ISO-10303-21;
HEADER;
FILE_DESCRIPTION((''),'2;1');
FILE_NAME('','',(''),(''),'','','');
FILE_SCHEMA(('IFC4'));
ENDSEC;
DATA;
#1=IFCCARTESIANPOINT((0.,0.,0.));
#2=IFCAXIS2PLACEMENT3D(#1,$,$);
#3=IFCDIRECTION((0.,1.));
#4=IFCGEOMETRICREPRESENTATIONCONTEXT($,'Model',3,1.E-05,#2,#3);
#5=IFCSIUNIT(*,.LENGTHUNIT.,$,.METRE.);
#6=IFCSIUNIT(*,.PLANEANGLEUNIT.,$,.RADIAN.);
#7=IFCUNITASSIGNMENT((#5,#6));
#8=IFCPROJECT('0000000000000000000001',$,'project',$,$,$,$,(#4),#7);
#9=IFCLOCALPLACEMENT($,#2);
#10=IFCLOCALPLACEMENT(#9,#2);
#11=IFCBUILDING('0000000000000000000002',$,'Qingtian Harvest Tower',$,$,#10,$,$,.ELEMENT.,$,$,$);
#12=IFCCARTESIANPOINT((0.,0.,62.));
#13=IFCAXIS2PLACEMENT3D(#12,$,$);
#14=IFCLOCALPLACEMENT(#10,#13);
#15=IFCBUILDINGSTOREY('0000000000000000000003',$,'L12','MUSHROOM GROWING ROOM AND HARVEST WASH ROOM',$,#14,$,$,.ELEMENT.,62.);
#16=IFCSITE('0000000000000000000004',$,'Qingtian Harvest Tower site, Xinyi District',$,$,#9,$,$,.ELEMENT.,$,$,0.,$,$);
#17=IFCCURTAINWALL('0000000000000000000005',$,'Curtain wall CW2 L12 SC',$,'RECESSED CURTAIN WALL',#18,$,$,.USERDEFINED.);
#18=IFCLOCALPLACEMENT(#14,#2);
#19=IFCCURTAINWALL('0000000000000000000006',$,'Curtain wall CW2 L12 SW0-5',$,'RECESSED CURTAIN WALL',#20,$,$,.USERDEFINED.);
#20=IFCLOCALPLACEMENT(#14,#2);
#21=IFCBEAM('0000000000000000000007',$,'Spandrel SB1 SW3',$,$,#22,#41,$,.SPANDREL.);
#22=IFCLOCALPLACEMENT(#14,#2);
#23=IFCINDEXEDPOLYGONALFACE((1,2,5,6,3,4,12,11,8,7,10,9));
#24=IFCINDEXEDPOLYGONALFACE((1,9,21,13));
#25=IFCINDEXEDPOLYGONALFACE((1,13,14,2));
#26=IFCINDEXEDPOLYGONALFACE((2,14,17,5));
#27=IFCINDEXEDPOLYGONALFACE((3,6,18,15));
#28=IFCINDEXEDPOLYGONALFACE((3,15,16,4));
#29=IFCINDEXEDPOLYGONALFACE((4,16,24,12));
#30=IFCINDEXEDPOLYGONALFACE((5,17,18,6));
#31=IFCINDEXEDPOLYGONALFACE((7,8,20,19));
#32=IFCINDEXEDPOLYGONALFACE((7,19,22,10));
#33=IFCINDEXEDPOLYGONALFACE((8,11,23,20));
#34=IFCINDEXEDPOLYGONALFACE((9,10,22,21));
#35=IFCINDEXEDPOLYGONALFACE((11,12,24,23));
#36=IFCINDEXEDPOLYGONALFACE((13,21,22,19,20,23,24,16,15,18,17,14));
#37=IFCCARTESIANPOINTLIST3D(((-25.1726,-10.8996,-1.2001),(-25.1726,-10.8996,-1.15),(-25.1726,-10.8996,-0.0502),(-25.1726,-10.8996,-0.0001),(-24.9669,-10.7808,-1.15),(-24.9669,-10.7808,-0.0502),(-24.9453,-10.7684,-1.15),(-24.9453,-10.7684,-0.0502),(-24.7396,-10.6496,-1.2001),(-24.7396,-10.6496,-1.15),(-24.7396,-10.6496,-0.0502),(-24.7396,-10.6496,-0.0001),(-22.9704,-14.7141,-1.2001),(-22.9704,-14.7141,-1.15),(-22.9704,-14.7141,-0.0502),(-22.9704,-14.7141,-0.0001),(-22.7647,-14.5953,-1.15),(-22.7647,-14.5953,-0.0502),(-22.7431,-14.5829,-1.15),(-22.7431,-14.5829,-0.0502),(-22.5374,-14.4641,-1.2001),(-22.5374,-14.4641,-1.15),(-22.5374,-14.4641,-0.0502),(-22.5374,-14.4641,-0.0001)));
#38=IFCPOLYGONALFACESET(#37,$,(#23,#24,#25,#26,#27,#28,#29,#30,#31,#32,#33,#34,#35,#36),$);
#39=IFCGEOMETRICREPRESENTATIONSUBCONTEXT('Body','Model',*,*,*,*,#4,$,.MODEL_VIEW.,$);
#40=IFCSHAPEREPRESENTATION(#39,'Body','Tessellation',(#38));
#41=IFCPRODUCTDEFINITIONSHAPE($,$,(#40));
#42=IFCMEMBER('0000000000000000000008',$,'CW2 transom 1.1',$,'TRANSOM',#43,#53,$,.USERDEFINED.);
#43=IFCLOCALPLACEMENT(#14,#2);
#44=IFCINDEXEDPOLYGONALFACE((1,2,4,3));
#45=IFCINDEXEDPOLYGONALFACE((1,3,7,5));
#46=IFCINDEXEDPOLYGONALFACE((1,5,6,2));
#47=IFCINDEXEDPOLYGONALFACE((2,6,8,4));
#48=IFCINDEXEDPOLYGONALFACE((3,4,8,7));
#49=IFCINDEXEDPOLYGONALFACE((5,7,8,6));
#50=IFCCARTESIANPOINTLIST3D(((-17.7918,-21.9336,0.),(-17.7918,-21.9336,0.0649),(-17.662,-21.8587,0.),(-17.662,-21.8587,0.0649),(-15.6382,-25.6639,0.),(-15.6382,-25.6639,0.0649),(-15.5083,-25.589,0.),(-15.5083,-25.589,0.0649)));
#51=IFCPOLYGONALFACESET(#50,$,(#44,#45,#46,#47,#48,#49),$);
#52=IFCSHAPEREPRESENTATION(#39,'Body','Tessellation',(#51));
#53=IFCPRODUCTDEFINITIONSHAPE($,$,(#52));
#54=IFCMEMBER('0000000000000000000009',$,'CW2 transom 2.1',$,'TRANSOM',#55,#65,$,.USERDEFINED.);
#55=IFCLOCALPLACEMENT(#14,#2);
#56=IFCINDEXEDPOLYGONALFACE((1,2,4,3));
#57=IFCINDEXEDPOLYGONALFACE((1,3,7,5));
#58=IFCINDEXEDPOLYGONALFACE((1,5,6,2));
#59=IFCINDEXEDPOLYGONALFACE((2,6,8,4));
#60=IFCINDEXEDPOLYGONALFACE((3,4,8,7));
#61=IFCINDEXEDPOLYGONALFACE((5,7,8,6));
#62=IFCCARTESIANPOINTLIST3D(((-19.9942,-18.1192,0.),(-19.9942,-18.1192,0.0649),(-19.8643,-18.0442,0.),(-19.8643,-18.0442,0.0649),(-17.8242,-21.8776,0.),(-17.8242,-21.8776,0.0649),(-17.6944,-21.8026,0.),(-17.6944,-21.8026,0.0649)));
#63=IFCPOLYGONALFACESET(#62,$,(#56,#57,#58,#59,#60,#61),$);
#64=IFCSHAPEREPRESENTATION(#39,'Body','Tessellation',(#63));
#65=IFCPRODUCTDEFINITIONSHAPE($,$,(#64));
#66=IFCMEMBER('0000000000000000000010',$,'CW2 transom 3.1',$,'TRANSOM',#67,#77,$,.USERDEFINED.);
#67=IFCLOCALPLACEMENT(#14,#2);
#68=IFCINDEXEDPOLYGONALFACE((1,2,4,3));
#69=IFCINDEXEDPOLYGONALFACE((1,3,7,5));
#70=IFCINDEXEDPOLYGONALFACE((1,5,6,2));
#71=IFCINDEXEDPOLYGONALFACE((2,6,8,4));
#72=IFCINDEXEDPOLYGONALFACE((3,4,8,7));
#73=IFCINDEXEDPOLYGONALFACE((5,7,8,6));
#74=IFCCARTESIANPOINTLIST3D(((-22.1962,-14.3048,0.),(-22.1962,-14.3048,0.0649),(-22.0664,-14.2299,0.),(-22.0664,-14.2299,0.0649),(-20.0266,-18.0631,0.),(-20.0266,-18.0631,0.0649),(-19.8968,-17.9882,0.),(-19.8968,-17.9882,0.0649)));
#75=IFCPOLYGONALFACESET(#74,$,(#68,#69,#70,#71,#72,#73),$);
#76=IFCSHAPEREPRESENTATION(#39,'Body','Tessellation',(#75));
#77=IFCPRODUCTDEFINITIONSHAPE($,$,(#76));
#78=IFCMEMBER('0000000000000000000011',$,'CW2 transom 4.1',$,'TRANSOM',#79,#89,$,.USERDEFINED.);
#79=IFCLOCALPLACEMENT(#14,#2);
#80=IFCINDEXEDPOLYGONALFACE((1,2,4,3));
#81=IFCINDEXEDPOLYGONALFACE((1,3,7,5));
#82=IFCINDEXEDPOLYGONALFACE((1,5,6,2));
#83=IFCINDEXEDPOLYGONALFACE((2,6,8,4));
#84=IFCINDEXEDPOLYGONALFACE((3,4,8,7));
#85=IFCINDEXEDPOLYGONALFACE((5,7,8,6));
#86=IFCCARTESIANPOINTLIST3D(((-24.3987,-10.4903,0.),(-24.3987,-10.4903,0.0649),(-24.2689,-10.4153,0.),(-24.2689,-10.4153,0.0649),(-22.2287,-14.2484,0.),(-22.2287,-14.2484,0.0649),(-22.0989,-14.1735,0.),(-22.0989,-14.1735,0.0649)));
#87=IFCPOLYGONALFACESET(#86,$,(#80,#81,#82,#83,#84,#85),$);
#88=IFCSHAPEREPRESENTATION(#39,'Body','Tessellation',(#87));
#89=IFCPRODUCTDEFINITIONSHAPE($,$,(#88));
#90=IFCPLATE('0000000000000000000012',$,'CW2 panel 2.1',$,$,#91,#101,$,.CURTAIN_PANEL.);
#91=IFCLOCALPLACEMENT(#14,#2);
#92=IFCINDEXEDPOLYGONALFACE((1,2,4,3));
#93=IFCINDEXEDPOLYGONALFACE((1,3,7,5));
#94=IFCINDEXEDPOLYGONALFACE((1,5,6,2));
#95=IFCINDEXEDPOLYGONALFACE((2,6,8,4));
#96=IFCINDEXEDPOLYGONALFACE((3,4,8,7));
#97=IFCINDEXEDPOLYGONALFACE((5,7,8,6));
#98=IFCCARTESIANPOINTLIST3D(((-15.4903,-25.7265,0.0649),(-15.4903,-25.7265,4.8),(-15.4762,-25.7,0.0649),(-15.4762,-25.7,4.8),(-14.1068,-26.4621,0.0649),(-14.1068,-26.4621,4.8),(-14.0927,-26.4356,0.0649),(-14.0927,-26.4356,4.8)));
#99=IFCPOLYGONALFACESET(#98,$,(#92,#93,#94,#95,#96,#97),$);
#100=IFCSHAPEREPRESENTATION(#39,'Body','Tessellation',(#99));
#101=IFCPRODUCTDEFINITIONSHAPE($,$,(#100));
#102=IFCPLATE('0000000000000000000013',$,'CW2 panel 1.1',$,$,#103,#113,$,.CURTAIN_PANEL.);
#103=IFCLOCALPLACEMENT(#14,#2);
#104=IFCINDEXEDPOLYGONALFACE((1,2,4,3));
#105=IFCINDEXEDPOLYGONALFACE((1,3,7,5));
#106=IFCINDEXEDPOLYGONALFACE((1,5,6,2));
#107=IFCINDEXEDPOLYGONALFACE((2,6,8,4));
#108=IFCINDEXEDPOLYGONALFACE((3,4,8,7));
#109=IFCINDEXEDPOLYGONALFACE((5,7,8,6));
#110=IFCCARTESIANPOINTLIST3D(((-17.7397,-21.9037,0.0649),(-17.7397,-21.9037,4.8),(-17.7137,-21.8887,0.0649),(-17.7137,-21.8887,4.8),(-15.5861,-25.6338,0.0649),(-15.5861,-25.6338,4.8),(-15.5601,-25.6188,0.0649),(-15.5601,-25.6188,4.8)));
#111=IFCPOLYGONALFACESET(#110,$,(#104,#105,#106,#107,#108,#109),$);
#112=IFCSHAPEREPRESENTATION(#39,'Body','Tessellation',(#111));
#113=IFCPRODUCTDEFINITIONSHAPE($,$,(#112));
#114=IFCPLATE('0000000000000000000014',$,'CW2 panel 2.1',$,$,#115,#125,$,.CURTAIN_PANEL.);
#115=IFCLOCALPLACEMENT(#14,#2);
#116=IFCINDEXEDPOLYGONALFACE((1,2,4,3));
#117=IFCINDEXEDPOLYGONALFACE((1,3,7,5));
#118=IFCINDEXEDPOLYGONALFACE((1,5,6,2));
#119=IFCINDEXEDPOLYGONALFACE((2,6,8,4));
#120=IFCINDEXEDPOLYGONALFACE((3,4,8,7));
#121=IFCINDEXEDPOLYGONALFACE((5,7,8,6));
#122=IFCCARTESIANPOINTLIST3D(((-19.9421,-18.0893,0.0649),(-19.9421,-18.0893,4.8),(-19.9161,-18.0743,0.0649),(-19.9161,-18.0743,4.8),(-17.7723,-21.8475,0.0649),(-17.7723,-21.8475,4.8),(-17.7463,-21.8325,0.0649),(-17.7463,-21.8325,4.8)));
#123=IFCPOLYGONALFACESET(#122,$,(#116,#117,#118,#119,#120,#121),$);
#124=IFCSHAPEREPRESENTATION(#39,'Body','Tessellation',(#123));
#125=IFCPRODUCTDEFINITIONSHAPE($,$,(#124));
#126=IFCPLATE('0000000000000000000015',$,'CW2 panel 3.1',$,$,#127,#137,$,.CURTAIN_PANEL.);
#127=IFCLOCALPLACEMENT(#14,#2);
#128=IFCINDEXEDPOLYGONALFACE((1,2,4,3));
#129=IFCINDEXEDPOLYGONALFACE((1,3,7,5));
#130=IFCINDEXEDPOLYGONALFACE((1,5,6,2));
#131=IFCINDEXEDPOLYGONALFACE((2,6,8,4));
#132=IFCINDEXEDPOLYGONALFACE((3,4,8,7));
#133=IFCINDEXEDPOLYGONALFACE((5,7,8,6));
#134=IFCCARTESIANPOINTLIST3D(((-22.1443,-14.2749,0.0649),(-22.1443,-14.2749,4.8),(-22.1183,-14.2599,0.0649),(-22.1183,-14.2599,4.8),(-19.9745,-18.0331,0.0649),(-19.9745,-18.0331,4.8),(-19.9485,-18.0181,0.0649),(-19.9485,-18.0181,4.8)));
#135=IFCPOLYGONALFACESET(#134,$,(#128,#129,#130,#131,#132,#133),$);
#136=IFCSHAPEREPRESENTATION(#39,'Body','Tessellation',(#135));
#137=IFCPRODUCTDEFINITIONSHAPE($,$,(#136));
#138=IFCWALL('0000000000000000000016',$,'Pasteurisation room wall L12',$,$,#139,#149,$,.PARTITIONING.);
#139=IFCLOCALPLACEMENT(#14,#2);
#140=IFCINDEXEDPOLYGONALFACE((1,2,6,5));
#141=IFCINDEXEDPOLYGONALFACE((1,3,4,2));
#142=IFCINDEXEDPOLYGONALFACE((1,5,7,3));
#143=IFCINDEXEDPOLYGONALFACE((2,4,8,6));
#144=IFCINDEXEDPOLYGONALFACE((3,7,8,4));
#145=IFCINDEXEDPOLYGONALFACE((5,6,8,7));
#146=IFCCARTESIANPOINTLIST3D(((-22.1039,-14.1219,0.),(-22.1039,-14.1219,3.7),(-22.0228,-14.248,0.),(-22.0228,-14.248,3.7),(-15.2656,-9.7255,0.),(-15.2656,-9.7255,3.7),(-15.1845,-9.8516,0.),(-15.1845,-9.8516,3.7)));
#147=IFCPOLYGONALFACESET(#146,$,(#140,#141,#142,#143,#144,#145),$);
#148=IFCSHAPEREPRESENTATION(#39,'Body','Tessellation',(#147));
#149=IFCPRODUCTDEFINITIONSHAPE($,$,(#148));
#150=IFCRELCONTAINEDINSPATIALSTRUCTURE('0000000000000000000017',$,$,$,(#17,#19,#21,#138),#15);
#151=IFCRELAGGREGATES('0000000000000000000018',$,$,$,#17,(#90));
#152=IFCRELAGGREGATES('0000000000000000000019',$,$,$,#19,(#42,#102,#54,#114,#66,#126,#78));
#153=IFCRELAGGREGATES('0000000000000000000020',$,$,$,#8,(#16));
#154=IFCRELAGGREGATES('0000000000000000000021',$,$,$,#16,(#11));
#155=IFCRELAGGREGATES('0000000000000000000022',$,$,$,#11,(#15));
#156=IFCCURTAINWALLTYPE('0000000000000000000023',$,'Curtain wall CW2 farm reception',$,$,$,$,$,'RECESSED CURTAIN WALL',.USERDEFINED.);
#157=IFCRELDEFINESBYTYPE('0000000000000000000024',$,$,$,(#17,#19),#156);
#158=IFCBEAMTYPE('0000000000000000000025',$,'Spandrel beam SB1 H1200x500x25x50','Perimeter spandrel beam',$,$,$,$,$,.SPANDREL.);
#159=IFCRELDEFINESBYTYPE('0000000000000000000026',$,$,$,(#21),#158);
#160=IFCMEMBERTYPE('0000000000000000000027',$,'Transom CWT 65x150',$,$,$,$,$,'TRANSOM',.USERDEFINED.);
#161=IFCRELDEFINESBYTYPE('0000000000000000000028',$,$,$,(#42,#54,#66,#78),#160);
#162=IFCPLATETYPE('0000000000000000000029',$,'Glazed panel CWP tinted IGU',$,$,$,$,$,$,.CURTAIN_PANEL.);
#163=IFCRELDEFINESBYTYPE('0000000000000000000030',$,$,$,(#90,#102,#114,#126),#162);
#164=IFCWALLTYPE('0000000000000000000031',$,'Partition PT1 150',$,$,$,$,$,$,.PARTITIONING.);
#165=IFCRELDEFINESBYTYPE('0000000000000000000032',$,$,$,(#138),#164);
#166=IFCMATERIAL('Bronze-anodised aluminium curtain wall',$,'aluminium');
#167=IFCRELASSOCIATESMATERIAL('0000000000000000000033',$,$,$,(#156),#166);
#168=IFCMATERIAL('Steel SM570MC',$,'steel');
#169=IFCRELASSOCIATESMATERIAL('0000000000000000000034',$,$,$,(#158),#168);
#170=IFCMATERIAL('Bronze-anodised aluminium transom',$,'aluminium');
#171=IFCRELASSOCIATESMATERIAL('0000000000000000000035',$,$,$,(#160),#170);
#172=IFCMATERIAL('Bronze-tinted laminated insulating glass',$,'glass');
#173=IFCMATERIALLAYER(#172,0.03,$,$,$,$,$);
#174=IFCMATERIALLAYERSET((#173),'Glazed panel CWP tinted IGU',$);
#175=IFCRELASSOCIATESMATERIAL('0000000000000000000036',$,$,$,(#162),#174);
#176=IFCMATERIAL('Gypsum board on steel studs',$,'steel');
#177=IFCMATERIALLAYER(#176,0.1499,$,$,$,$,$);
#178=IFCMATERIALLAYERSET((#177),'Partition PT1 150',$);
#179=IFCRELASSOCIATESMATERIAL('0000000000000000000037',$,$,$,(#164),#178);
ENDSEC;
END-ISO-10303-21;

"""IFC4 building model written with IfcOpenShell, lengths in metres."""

from ifc_helpers import new_model, si_unit, direction, frame, frame_2d, origin, origin_2d, place, context, subcontext, project, spatial, rectangle, i_section, extrude, material, layer, layer_set, material_profile, profile_set, type_object, element, aggregate, save


model = new_model("IFC4")

# Units and contexts
model_context = context("Model", 3, precision=1e-05, world=origin(), true_north=direction((0.0, 1.0)))
body_context = subcontext(model_context, "Body", "Model", "MODEL_VIEW")
ifc_project = project(units=[si_unit("LENGTHUNIT", "METRE"), si_unit("PLANEANGLEUNIT", "RADIAN")], contexts=[model_context])

# Site, building, storey
site_placement = place(None, origin())
site = spatial("IfcSite", under=ifc_project, at=site_placement, Name="Qingtian Harvest Tower site, Xinyi District", CompositionType="ELEMENT", RefElevation=0.0)
building_placement = place(site_placement, origin())
building = spatial("IfcBuilding", under=site, at=building_placement, Name="Qingtian Harvest Tower", CompositionType="ELEMENT")
storey_placement = place(building_placement, frame((0.0, 0.0, 62.0)))
storey = spatial("IfcBuildingStorey", under=building, at=storey_placement, Name="L12", Description="MUSHROOM GROWING ROOM AND HARVEST WASH ROOM", CompositionType="ELEMENT", Elevation=62.0)

# Curtain wall
ifc_material_1 = material(Name="Bronze-anodised aluminium curtain wall", Category="aluminium")
curtain_wall_type = type_object("IfcCurtainWallType", Name="Curtain wall CW2 farm reception", ElementType="RECESSED CURTAIN WALL", PredefinedType="USERDEFINED", material=ifc_material_1)
curtain_wall_1_placement = place(storey_placement, origin())
curtain_wall_1 = element("IfcCurtainWall", 1, at=curtain_wall_1_placement, inside=storey, type_object=curtain_wall_type, Name="Curtain wall CW2 L12 SC", ObjectType="RECESSED CURTAIN WALL", PredefinedType="USERDEFINED")

# Curtain wall
curtain_wall_2_placement = place(storey_placement, origin())
curtain_wall_2 = element("IfcCurtainWall", 2, at=curtain_wall_2_placement, inside=storey, type_object=curtain_wall_type, Name="Curtain wall CW2 L12 SW0-5", ObjectType="RECESSED CURTAIN WALL", PredefinedType="USERDEFINED")

# Beam
ifc_material_2 = material(Name="Steel SM570MC", Category="steel")
ifc_material_profile_1 = material_profile(ifc_material_2, i_section(OverallWidth=0.5, OverallDepth=1.2, WebThickness=0.0249, FlangeThickness=0.05, at=origin_2d()), Name="H1200x500x25x50")
ifc_profile_set_1 = profile_set([ifc_material_profile_1], Name="Steel SM570MC")
beam_type_1 = type_object("IfcBeamType", Name="Spandrel beam SB1 H1200x500x25x50", Description="Perimeter spandrel beam", PredefinedType="SPANDREL", material=ifc_profile_set_1)
for number, where, z_axis, x_axis, name in (
    (3, (-22.7539, -14.5891, -0.6001), (-0.499978, 0.866038, 0.0), (-0.866038, -0.499978, 0.0), "Spandrel SB1 SW3"),
):
    element("IfcBeam", number, at=place(storey_placement, frame(where, z_axis=z_axis, x_axis=x_axis)), inside=storey, type_object=beam_type_1, Name=name, PredefinedType="SPANDREL", context=body_context, shape_type="SweptSolid", body=[
        extrude(i_section(OverallWidth=0.5, OverallDepth=1.2, WebThickness=0.0249, FlangeThickness=0.05, at=origin_2d()), origin(), (0.0, 0.0, 1.0), 4.4045),
    ])

# Members
ifc_material_3 = material(Name="Bronze-anodised aluminium transom", Category="aluminium")
ifc_material_profile_2 = material_profile(ifc_material_3, rectangle(XDim=0.1499, YDim=0.0649, at=origin_2d()), Name="AL 65x150")
ifc_profile_set_2 = profile_set([ifc_material_profile_2], Name="Bronze-anodised aluminium transom")
member_type_1 = type_object("IfcMemberType", Name="Transom CWT 65x150", ElementType="TRANSOM", PredefinedType="USERDEFINED", material=ifc_profile_set_2)
member_1_placement = place(storey_placement, frame((-15.5732, -25.6265, 0.0325), z_axis=(-0.499986, 0.866034, 0.0), x_axis=(-0.866034, -0.499986, 0.0)))
member_1 = element("IfcMember", 4, at=member_1_placement, type_object=member_type_1, Name="CW2 transom 1.1", ObjectType="TRANSOM", PredefinedType="USERDEFINED", context=body_context, shape_type="SweptSolid", body=[
    extrude(rectangle(XDim=0.1499, YDim=0.0649, at=origin_2d()), origin(), (0.0, 0.0, 1.0), 4.3074),
])
member_2_placement = place(storey_placement, frame((-17.7593, -21.8401, 0.0325), z_axis=(-0.500011, 0.866019, 0.0), x_axis=(-0.866019, -0.500011, 0.0)))
member_2 = element("IfcMember", 5, at=member_2_placement, type_object=member_type_1, Name="CW2 transom 2.1", ObjectType="TRANSOM", PredefinedType="USERDEFINED", context=body_context, shape_type="SweptSolid", body=[
    extrude(rectangle(XDim=0.1499, YDim=0.0649, at=origin_2d()), origin(), (0.0, 0.0, 1.0), 4.3398),
])
member_3_placement = place(storey_placement, frame((-19.9617, -18.0256, 0.0325), z_axis=(-0.499969, 0.866043, 0.0), x_axis=(-0.866043, -0.499969, 0.0)))
member_3 = element("IfcMember", 6, at=member_3_placement, type_object=member_type_1, Name="CW2 transom 3.1", ObjectType="TRANSOM", PredefinedType="USERDEFINED", context=body_context, shape_type="SweptSolid", body=[
    extrude(rectangle(XDim=0.1499, YDim=0.0649, at=origin_2d()), origin(), (0.0, 0.0, 1.0), 4.3396),
])
member_4_placement = place(storey_placement, frame((-22.1638, -14.2109, 0.0325), z_axis=(-0.500036, 0.866005, 0.0), x_axis=(-0.866005, -0.500036, 0.0)))
member_4 = element("IfcMember", 7, at=member_4_placement, type_object=member_type_1, Name="CW2 transom 4.1", ObjectType="TRANSOM", PredefinedType="USERDEFINED", context=body_context, shape_type="SweptSolid", body=[
    extrude(rectangle(XDim=0.1499, YDim=0.0649, at=origin_2d()), origin(), (0.0, 0.0, 1.0), 4.3396),
])

# Plates
ifc_material_4 = material(Name="Bronze-tinted laminated insulating glass", Category="glass")
ifc_layer_1 = layer(ifc_material_4, 0.03)
ifc_layer_set_1 = layer_set([ifc_layer_1], Name="Glazed panel CWP tinted IGU")
plate_type = type_object("IfcPlateType", Name="Glazed panel CWP tinted IGU", PredefinedType="CURTAIN_PANEL", material=ifc_layer_set_1)
plate_1_placement = place(storey_placement, frame((-14.7915, -26.0811, 0.0649), z_axis=(0.0, 0.0, 1.0), x_axis=(-0.882948, 0.469472, 0.0)))
plate_1 = element("IfcPlate", 8, at=plate_1_placement, type_object=plate_type, Name="CW2 panel 2.1", PredefinedType="CURTAIN_PANEL", context=body_context, shape_type="SweptSolid", body=[
    extrude(rectangle(XDim=1.5669, YDim=0.03, at=origin_2d()), origin(), (0.0, 0.0, 1.0), 4.7351),
])
aggregate(curtain_wall_1, [plate_1])
plate_2_placement = place(storey_placement, frame((-16.6499, -23.7612, 0.0649), z_axis=(0.0, 0.0, 1.0), x_axis=(-0.5, 0.866025, 0.0)))
plate_2 = element("IfcPlate", 9, at=plate_2_placement, type_object=plate_type, Name="CW2 panel 1.1", PredefinedType="CURTAIN_PANEL", context=body_context, shape_type="SweptSolid", body=[
    extrude(rectangle(XDim=4.3071, YDim=0.03, at=origin_2d()), origin(), (0.0, 0.0, 1.0), 4.7351),
])
plate_3_placement = place(storey_placement, frame((-18.8442, -19.9609, 0.0649), z_axis=(0.0, 0.0, 1.0), x_axis=(-0.5, 0.866025, 0.0)))
plate_3 = element("IfcPlate", 10, at=plate_3_placement, type_object=plate_type, Name="CW2 panel 2.1", PredefinedType="CURTAIN_PANEL", context=body_context, shape_type="SweptSolid", body=[
    extrude(rectangle(XDim=4.3396, YDim=0.03, at=origin_2d()), origin(), (0.0, 0.0, 1.0), 4.7351),
])
plate_4_placement = place(storey_placement, frame((-21.0464, -16.1465, 0.0649), z_axis=(0.0, 0.0, 1.0), x_axis=(-0.5, 0.866025, 0.0)))
plate_4 = element("IfcPlate", 11, at=plate_4_placement, type_object=plate_type, Name="CW2 panel 3.1", PredefinedType="CURTAIN_PANEL", context=body_context, shape_type="SweptSolid", body=[
    extrude(rectangle(XDim=4.3396, YDim=0.03, at=origin_2d()), origin(), (0.0, 0.0, 1.0), 4.7351),
])
aggregate(curtain_wall_2, [member_1, plate_2, member_2, plate_3, member_3, plate_4, member_4])

# Wall
ifc_material_5 = material(Name="Gypsum board on steel studs", Category="steel")
ifc_layer_2 = layer(ifc_material_5, 0.1499)
ifc_layer_set_2 = layer_set([ifc_layer_2], Name="Partition PT1 150")
wall_type = type_object("IfcWallType", Name="Partition PT1 150", PredefinedType="PARTITIONING", material=ifc_layer_set_2)
wall_placement = place(storey_placement, frame((-22.0635, -14.1851, 0.0), z_axis=(0.0, 0.0, 1.0), x_axis=(0.841157, 0.540791, 0.0)))
element("IfcWall", 12, at=wall_placement, inside=storey, type_object=wall_type, Name="Pasteurisation room wall L12", PredefinedType="PARTITIONING", context=body_context, shape_type="SweptSolid", body=[
    extrude(rectangle(XDim=8.1296, YDim=0.1499, at=frame_2d((4.0649, 0.0))), origin(), (0.0, 0.0, 1.0), 3.7),
])

save(model, "model.ifc")
